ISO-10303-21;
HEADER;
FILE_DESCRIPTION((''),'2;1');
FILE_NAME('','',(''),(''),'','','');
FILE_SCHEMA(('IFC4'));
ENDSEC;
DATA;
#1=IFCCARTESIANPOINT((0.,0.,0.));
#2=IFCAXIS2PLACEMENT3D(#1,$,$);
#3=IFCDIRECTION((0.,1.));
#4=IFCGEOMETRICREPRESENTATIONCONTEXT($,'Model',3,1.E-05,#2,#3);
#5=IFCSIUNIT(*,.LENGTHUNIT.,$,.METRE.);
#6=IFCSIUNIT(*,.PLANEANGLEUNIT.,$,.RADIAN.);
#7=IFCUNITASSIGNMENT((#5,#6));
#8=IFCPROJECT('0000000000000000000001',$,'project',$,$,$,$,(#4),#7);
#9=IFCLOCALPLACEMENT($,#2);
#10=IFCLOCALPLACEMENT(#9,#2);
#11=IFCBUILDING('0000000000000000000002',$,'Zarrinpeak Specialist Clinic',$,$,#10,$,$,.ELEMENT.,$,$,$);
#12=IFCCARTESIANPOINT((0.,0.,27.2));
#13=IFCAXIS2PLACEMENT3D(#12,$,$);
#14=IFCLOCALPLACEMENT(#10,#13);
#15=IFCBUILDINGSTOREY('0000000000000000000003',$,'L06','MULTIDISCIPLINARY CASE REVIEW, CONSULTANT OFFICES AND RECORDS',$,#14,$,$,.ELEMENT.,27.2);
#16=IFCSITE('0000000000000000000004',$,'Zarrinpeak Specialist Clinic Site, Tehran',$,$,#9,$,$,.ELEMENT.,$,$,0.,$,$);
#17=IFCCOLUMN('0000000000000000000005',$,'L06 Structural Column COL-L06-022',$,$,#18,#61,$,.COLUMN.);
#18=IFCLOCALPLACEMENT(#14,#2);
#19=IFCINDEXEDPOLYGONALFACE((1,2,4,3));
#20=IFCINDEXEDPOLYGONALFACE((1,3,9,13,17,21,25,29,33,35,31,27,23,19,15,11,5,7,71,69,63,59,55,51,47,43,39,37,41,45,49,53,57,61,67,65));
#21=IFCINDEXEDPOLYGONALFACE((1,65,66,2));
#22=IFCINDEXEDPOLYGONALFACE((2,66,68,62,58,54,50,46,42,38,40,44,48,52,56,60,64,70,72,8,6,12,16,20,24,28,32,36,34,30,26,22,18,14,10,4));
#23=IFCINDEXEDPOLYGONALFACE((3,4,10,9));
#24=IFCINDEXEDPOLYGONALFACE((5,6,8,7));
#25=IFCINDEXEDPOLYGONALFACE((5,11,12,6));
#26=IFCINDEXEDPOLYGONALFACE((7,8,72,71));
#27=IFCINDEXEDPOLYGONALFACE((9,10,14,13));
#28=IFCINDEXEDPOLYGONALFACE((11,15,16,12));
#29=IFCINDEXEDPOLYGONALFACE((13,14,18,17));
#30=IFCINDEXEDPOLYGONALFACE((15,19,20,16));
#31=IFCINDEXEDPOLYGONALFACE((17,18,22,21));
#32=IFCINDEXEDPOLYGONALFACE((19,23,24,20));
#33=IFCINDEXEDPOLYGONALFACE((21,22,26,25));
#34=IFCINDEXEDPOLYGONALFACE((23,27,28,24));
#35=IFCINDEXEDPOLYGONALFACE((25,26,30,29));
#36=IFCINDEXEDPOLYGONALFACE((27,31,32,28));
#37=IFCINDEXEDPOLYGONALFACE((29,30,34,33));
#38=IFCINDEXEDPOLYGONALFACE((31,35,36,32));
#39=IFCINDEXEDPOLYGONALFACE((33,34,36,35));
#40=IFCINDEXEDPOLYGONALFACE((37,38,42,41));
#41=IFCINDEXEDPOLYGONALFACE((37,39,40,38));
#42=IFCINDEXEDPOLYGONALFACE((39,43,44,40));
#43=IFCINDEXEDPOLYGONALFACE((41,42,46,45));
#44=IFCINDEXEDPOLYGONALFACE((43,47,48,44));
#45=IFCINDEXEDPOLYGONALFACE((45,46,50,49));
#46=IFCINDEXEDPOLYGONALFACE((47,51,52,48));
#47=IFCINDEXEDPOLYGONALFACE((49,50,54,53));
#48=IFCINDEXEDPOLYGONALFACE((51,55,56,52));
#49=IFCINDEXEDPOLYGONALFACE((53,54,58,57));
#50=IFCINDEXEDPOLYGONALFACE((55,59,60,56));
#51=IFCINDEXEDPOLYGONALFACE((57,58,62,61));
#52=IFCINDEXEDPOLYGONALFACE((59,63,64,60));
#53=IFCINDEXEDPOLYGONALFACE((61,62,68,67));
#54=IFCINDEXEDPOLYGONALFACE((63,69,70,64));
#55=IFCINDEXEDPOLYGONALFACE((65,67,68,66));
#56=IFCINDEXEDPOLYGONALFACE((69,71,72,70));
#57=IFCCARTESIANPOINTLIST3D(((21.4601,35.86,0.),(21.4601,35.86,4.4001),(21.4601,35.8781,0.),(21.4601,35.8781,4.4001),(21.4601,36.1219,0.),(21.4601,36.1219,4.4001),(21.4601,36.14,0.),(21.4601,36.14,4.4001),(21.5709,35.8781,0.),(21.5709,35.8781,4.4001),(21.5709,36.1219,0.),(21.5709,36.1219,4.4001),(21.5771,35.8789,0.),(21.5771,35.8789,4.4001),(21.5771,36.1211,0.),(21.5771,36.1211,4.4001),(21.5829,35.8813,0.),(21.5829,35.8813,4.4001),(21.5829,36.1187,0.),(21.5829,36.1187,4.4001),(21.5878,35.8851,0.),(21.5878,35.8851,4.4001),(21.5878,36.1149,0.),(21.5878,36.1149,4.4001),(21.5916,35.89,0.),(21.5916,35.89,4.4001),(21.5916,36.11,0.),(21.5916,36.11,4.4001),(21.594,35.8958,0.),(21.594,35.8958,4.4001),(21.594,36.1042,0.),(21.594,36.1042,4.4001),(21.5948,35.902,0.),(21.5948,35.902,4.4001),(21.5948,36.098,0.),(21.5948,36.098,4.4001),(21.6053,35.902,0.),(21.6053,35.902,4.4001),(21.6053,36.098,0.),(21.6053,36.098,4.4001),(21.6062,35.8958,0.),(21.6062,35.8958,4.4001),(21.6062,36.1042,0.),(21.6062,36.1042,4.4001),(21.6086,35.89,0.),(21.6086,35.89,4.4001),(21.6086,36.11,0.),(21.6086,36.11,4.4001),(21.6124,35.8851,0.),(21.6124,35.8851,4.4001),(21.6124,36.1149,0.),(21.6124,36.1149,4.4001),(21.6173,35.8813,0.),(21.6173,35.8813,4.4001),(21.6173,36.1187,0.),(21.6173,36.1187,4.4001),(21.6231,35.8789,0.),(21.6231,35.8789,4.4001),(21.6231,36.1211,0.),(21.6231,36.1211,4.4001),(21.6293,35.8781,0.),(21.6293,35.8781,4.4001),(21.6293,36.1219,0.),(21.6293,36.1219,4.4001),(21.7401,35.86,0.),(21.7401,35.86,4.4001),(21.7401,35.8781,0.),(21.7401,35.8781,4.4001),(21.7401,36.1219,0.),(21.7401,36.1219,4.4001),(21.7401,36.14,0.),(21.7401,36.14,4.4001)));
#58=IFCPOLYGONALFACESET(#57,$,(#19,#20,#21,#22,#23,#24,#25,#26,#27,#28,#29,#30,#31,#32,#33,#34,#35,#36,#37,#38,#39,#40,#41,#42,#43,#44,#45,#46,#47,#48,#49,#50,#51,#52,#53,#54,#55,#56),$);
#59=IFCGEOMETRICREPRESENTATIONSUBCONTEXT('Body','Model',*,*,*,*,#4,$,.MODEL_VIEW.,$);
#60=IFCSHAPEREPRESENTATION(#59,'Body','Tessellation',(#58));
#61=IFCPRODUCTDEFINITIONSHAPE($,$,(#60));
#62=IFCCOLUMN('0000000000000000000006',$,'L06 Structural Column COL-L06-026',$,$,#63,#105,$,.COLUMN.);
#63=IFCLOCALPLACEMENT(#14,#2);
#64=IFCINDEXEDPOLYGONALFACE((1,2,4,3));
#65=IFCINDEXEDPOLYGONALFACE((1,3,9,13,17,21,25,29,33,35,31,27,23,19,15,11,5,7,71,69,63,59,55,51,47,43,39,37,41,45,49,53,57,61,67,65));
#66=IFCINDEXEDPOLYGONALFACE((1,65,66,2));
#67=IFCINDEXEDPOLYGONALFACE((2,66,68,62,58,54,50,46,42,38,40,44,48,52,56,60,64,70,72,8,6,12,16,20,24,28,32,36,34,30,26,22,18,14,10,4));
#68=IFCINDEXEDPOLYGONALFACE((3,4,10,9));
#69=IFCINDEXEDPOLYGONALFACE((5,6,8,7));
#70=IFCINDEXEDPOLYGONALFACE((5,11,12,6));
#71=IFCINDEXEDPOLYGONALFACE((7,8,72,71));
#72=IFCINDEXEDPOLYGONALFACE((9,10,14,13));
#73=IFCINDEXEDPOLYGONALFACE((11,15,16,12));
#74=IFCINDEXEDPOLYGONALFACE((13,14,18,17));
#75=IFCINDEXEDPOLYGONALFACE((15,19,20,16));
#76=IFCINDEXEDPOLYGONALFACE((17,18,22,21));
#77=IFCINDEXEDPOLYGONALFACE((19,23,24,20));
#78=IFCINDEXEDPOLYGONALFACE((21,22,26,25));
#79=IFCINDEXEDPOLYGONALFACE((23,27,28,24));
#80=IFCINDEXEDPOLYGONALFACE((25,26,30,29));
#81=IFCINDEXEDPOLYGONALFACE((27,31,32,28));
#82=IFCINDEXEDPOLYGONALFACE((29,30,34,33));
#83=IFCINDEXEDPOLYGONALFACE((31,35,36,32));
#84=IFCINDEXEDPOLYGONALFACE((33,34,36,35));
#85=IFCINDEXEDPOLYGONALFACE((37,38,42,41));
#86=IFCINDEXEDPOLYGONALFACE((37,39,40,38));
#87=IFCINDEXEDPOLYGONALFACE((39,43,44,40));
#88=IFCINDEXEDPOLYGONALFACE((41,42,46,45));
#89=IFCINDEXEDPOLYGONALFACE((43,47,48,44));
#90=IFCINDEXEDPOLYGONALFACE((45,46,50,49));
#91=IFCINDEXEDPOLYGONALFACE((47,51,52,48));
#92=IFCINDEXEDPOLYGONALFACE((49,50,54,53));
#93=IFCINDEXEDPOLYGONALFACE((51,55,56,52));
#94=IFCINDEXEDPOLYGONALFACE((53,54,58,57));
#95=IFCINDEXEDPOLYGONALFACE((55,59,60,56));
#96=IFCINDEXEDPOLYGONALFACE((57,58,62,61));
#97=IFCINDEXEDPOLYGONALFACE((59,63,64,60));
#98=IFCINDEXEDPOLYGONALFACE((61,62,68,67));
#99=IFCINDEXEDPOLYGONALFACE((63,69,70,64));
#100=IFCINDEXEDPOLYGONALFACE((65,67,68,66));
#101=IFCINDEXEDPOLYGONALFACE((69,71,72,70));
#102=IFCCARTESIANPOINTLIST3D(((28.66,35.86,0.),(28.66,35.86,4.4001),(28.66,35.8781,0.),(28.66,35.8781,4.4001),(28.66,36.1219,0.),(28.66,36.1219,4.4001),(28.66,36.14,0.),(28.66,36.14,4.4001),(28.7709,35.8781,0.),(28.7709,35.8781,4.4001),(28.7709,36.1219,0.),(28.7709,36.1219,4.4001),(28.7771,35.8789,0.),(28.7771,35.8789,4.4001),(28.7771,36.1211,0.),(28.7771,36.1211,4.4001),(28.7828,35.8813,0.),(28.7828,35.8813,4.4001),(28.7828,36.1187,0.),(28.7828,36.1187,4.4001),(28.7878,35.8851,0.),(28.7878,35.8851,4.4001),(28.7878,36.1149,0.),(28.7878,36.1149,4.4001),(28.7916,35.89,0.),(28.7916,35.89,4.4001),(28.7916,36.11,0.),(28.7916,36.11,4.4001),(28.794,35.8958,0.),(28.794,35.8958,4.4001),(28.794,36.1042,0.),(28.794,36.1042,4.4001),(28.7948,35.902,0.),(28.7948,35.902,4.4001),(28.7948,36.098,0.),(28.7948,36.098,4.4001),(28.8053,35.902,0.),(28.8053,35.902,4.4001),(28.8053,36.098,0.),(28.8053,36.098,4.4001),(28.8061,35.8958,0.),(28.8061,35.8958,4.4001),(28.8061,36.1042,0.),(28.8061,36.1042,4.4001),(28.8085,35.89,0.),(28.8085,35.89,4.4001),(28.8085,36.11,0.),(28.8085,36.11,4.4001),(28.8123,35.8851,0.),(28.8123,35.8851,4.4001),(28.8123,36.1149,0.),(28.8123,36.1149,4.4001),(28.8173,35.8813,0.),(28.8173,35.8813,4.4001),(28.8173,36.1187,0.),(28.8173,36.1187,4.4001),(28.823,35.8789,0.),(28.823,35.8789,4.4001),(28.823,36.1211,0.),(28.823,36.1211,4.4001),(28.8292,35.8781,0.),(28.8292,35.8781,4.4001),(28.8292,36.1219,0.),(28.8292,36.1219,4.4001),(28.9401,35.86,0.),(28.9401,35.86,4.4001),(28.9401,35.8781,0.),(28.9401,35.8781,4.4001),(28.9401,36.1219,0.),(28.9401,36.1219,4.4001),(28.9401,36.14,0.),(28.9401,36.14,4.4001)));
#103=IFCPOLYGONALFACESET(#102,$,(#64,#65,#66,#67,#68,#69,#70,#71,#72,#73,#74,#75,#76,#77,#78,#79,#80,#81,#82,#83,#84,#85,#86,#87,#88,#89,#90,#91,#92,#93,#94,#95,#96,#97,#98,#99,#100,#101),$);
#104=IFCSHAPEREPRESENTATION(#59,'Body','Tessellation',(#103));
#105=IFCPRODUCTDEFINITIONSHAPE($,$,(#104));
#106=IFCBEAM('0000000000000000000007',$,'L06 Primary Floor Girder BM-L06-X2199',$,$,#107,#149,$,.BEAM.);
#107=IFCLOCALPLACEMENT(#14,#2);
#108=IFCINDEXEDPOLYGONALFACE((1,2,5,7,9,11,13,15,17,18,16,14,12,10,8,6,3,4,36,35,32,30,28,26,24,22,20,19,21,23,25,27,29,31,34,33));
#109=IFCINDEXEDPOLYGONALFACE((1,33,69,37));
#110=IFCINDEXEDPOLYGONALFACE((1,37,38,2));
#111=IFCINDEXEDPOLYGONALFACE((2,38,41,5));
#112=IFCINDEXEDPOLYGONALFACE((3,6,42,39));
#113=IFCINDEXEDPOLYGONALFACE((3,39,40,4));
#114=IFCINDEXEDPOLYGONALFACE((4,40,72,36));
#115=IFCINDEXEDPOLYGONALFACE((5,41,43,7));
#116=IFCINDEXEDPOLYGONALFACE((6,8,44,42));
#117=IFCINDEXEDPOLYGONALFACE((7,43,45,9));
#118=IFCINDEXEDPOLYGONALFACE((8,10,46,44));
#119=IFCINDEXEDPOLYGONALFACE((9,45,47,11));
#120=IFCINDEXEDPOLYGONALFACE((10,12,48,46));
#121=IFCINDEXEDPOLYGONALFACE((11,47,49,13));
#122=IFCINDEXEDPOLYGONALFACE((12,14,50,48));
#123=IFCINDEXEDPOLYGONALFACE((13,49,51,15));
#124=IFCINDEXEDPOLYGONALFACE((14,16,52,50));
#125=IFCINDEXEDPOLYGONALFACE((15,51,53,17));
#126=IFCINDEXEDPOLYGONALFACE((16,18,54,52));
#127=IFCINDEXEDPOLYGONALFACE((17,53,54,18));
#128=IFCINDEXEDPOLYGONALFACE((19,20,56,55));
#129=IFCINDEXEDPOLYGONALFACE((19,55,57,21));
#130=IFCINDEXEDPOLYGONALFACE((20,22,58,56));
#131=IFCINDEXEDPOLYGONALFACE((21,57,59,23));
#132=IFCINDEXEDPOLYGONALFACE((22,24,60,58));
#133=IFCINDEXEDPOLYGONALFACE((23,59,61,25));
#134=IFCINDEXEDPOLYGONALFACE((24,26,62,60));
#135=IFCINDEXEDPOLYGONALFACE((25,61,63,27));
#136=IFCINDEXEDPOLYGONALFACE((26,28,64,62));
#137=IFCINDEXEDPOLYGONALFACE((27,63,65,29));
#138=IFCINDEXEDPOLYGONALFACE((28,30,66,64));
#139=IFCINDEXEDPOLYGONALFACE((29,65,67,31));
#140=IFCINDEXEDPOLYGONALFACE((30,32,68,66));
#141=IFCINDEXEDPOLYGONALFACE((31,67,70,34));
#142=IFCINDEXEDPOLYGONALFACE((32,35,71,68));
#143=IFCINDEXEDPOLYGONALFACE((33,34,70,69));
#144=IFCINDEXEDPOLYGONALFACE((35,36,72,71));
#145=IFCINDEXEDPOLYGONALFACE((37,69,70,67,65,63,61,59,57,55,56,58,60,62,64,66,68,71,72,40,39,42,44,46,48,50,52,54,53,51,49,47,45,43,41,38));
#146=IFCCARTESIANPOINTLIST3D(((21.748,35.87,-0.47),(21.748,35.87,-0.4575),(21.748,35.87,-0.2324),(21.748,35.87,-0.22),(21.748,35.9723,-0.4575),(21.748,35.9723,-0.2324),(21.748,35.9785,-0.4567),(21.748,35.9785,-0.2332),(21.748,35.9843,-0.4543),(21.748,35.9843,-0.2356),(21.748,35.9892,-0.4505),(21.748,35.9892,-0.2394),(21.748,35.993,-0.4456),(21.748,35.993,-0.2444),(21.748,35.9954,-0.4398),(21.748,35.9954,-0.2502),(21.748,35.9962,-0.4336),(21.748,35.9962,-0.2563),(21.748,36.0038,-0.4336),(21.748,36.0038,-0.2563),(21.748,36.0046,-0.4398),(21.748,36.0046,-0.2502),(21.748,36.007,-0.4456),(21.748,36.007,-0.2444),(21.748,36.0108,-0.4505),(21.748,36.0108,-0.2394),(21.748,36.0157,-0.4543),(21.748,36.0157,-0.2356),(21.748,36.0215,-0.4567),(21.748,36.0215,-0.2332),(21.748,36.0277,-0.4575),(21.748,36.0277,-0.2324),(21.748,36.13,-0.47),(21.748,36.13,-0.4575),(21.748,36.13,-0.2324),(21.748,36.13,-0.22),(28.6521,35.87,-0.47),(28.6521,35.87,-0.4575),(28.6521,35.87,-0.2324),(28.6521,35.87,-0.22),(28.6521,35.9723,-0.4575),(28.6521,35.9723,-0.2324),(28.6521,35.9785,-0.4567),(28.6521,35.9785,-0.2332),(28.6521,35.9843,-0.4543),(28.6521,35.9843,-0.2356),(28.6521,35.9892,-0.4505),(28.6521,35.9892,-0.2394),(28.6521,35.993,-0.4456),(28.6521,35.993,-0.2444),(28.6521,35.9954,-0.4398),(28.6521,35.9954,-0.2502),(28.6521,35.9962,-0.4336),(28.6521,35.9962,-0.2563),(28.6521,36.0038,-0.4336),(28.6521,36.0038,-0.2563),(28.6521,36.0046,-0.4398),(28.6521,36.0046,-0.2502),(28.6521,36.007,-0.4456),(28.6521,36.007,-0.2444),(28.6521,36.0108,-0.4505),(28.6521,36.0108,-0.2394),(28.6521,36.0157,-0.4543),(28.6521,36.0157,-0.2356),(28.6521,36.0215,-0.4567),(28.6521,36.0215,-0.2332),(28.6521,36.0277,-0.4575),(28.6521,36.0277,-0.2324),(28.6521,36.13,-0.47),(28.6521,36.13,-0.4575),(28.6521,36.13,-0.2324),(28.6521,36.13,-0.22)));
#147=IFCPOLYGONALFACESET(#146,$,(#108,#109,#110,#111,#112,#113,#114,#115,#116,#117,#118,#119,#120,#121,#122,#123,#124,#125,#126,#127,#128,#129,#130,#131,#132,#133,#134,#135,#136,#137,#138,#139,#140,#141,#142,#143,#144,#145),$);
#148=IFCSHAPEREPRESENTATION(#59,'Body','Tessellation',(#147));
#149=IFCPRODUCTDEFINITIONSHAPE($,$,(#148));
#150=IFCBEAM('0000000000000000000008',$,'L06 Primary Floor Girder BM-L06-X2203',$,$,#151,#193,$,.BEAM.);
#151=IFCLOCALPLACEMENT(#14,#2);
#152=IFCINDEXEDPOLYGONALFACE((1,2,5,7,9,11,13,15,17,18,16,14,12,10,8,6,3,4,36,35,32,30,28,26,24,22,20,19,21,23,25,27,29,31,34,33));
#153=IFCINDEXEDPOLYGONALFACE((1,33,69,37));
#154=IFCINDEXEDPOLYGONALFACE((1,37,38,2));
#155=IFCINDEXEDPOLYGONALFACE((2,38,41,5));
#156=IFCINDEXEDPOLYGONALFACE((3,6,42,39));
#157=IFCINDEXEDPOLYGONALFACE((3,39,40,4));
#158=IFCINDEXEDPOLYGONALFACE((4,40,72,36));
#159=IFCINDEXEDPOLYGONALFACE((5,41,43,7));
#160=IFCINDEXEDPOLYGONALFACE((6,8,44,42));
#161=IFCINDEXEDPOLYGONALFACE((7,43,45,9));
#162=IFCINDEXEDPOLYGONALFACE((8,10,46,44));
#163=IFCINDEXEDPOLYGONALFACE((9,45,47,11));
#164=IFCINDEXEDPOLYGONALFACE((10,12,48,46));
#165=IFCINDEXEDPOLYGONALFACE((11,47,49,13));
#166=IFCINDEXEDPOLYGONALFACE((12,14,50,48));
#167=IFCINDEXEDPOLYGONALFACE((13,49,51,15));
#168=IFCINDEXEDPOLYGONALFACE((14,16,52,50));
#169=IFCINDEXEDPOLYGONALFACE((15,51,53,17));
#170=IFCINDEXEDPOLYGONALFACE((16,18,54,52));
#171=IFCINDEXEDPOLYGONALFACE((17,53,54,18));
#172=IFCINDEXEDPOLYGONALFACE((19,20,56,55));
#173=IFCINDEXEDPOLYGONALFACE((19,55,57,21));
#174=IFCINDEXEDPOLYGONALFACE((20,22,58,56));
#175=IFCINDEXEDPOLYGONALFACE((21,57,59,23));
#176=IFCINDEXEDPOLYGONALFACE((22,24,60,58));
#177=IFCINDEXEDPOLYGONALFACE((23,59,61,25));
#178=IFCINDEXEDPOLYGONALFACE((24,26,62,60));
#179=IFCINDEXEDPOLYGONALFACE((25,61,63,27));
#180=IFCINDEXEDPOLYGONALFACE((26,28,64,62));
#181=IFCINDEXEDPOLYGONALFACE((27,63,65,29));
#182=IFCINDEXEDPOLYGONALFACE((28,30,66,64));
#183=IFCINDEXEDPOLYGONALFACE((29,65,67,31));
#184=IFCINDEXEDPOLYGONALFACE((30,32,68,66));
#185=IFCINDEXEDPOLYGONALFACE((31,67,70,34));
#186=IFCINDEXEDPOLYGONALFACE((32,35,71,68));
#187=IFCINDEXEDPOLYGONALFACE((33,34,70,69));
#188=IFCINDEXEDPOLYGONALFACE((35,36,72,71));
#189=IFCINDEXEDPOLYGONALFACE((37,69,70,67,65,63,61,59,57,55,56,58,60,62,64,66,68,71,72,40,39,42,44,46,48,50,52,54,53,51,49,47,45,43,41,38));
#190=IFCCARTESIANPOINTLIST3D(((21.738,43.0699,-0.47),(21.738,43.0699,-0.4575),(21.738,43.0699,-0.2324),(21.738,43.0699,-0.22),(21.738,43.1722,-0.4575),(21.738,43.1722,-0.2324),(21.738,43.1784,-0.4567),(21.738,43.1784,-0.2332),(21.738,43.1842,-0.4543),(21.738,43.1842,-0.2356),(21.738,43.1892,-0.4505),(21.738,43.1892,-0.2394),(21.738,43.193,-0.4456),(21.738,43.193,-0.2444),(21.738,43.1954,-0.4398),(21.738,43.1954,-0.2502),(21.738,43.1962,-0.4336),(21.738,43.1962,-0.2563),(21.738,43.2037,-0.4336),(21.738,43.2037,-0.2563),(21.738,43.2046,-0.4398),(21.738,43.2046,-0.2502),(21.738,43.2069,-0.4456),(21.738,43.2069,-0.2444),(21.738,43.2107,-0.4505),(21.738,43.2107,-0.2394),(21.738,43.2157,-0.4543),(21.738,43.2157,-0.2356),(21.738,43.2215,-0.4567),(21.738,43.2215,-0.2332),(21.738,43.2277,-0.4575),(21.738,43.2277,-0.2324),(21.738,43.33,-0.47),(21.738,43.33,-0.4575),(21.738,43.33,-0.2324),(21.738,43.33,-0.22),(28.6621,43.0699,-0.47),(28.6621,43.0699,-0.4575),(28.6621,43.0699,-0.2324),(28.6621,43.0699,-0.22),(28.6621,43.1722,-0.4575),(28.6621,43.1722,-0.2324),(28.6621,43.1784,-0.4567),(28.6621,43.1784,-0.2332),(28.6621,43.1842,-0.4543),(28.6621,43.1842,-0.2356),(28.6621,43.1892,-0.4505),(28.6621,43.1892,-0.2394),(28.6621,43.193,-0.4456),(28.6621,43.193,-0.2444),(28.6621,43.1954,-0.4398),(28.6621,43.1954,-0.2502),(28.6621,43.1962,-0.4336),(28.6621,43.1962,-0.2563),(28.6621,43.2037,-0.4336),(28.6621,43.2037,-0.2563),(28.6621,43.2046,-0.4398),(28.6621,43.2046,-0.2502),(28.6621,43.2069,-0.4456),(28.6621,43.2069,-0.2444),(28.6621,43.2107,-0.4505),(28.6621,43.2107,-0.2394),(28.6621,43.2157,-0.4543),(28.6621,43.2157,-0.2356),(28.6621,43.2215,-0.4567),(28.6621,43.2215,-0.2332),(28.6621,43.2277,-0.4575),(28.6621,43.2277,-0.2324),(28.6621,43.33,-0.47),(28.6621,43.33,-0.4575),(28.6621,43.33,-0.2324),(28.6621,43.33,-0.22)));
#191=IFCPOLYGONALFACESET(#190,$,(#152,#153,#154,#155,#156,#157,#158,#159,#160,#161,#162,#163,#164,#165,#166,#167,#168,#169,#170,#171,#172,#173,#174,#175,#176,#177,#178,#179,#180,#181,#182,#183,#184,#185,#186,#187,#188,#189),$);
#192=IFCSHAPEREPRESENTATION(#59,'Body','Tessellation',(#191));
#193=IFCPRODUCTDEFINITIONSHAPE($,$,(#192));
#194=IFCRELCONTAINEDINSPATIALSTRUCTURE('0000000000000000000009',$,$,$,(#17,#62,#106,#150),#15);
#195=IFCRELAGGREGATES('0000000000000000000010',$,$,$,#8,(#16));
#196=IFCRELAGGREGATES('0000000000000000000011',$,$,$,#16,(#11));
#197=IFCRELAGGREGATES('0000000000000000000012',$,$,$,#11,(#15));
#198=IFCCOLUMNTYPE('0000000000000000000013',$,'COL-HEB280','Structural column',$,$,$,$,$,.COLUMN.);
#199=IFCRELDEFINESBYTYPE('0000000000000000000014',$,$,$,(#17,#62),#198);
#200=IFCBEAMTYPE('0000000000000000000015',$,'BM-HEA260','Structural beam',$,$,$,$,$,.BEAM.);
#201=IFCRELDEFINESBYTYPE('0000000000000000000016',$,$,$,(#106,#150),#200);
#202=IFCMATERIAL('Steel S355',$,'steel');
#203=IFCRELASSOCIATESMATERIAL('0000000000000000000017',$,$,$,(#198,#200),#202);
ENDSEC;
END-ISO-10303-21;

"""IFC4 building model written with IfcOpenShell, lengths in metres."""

from ifc_helpers import new_model, si_unit, direction, frame, origin, origin_2d, place, context, subcontext, project, spatial, i_section, extrude, material, material_profile, profile_set, type_object, element, save


model = new_model("IFC4")

# Units and contexts
model_context = context("Model", 3, precision=1e-05, world=origin(), true_north=direction((0.0, 1.0)))
body_context = subcontext(model_context, "Body", "Model", "MODEL_VIEW")
ifc_project = project(units=[si_unit("LENGTHUNIT", "METRE"), si_unit("PLANEANGLEUNIT", "RADIAN")], contexts=[model_context])

# Site, building, storey
site_placement = place(None, origin())
site = spatial("IfcSite", under=ifc_project, at=site_placement, Name="Zarrinpeak Specialist Clinic Site, Tehran", CompositionType="ELEMENT", RefElevation=0.0)
building_placement = place(site_placement, origin())
building = spatial("IfcBuilding", under=site, at=building_placement, Name="Zarrinpeak Specialist Clinic", CompositionType="ELEMENT")
storey_placement = place(building_placement, frame((0.0, 0.0, 27.2)))
storey = spatial("IfcBuildingStorey", under=building, at=storey_placement, Name="L06", Description="MULTIDISCIPLINARY CASE REVIEW, CONSULTANT OFFICES AND RECORDS", CompositionType="ELEMENT", Elevation=27.2)

# Columns
ifc_material_1 = material(Name="Steel S355", Category="steel")
ifc_material_profile_1 = material_profile(ifc_material_1, i_section(OverallWidth=0.28, OverallDepth=0.28, WebThickness=0.0105, FlangeThickness=0.0181, FilletRadius=0.0239, at=origin_2d()), Name="HEB 280")
ifc_profile_set_1 = profile_set([ifc_material_profile_1], Name="Steel S355")
column_type = type_object("IfcColumnType", Name="COL-HEB280", Description="Structural column", PredefinedType="COLUMN", material=ifc_profile_set_1)
for number, where, z_axis, x_axis, name in (
    (1, (21.6001, 36.0, 0.0), (0.0, 0.0, 1.0), (1.0, 0.0, 0.0), "L06 Structural Column COL-L06-022"),
    (2, (28.8, 36.0, 0.0), (0.0, 0.0, 1.0), (1.0, 0.0, 0.0), "L06 Structural Column COL-L06-026"),
):
    element("IfcColumn", number, at=place(storey_placement, frame(where, z_axis=z_axis, x_axis=x_axis)), inside=storey, type_object=column_type, Name=name, PredefinedType="COLUMN", context=body_context, shape_type="SweptSolid", body=[
        extrude(i_section(OverallWidth=0.28, OverallDepth=0.28, WebThickness=0.0105, FlangeThickness=0.0181, FilletRadius=0.0239, at=origin_2d()), origin(), (0.0, 0.0, 1.0), 4.4001),
    ])

# Beams
ifc_material_profile_2 = material_profile(ifc_material_1, i_section(OverallWidth=0.26, OverallDepth=0.25, WebThickness=0.0076, FlangeThickness=0.0125, FilletRadius=0.0239, at=origin_2d()), Name="HEA 260")
ifc_profile_set_2 = profile_set([ifc_material_profile_2], Name="Steel S355")
beam_type_1 = type_object("IfcBeamType", Name="BM-HEA260", Description="Structural beam", PredefinedType="BEAM", material=ifc_profile_set_2)
beam_1_placement = place(storey_placement, frame((21.748, 36.0, -0.345), z_axis=(1.0, 0.0, 0.0), x_axis=(0.0, 1.0, 0.0)))
element("IfcBeam", 3, at=beam_1_placement, inside=storey, type_object=beam_type_1, Name="L06 Primary Floor Girder BM-L06-X2199", PredefinedType="BEAM", context=body_context, shape_type="SweptSolid", body=[
    extrude(i_section(OverallWidth=0.26, OverallDepth=0.25, WebThickness=0.0076, FlangeThickness=0.0125, FilletRadius=0.0239, at=origin_2d()), origin(), (0.0, 0.0, 1.0), 6.9041),
])
beam_2_placement = place(storey_placement, frame((21.738, 43.2, -0.345), z_axis=(1.0, 0.0, 0.0), x_axis=(0.0, 1.0, 0.0)))
element("IfcBeam", 4, at=beam_2_placement, inside=storey, type_object=beam_type_1, Name="L06 Primary Floor Girder BM-L06-X2203", PredefinedType="BEAM", context=body_context, shape_type="SweptSolid", body=[
    extrude(i_section(OverallWidth=0.26, OverallDepth=0.25, WebThickness=0.0076, FlangeThickness=0.0125, FilletRadius=0.0239, at=origin_2d()), origin(), (0.0, 0.0, 1.0), 6.9241),
])

save(model, "model.ifc")
